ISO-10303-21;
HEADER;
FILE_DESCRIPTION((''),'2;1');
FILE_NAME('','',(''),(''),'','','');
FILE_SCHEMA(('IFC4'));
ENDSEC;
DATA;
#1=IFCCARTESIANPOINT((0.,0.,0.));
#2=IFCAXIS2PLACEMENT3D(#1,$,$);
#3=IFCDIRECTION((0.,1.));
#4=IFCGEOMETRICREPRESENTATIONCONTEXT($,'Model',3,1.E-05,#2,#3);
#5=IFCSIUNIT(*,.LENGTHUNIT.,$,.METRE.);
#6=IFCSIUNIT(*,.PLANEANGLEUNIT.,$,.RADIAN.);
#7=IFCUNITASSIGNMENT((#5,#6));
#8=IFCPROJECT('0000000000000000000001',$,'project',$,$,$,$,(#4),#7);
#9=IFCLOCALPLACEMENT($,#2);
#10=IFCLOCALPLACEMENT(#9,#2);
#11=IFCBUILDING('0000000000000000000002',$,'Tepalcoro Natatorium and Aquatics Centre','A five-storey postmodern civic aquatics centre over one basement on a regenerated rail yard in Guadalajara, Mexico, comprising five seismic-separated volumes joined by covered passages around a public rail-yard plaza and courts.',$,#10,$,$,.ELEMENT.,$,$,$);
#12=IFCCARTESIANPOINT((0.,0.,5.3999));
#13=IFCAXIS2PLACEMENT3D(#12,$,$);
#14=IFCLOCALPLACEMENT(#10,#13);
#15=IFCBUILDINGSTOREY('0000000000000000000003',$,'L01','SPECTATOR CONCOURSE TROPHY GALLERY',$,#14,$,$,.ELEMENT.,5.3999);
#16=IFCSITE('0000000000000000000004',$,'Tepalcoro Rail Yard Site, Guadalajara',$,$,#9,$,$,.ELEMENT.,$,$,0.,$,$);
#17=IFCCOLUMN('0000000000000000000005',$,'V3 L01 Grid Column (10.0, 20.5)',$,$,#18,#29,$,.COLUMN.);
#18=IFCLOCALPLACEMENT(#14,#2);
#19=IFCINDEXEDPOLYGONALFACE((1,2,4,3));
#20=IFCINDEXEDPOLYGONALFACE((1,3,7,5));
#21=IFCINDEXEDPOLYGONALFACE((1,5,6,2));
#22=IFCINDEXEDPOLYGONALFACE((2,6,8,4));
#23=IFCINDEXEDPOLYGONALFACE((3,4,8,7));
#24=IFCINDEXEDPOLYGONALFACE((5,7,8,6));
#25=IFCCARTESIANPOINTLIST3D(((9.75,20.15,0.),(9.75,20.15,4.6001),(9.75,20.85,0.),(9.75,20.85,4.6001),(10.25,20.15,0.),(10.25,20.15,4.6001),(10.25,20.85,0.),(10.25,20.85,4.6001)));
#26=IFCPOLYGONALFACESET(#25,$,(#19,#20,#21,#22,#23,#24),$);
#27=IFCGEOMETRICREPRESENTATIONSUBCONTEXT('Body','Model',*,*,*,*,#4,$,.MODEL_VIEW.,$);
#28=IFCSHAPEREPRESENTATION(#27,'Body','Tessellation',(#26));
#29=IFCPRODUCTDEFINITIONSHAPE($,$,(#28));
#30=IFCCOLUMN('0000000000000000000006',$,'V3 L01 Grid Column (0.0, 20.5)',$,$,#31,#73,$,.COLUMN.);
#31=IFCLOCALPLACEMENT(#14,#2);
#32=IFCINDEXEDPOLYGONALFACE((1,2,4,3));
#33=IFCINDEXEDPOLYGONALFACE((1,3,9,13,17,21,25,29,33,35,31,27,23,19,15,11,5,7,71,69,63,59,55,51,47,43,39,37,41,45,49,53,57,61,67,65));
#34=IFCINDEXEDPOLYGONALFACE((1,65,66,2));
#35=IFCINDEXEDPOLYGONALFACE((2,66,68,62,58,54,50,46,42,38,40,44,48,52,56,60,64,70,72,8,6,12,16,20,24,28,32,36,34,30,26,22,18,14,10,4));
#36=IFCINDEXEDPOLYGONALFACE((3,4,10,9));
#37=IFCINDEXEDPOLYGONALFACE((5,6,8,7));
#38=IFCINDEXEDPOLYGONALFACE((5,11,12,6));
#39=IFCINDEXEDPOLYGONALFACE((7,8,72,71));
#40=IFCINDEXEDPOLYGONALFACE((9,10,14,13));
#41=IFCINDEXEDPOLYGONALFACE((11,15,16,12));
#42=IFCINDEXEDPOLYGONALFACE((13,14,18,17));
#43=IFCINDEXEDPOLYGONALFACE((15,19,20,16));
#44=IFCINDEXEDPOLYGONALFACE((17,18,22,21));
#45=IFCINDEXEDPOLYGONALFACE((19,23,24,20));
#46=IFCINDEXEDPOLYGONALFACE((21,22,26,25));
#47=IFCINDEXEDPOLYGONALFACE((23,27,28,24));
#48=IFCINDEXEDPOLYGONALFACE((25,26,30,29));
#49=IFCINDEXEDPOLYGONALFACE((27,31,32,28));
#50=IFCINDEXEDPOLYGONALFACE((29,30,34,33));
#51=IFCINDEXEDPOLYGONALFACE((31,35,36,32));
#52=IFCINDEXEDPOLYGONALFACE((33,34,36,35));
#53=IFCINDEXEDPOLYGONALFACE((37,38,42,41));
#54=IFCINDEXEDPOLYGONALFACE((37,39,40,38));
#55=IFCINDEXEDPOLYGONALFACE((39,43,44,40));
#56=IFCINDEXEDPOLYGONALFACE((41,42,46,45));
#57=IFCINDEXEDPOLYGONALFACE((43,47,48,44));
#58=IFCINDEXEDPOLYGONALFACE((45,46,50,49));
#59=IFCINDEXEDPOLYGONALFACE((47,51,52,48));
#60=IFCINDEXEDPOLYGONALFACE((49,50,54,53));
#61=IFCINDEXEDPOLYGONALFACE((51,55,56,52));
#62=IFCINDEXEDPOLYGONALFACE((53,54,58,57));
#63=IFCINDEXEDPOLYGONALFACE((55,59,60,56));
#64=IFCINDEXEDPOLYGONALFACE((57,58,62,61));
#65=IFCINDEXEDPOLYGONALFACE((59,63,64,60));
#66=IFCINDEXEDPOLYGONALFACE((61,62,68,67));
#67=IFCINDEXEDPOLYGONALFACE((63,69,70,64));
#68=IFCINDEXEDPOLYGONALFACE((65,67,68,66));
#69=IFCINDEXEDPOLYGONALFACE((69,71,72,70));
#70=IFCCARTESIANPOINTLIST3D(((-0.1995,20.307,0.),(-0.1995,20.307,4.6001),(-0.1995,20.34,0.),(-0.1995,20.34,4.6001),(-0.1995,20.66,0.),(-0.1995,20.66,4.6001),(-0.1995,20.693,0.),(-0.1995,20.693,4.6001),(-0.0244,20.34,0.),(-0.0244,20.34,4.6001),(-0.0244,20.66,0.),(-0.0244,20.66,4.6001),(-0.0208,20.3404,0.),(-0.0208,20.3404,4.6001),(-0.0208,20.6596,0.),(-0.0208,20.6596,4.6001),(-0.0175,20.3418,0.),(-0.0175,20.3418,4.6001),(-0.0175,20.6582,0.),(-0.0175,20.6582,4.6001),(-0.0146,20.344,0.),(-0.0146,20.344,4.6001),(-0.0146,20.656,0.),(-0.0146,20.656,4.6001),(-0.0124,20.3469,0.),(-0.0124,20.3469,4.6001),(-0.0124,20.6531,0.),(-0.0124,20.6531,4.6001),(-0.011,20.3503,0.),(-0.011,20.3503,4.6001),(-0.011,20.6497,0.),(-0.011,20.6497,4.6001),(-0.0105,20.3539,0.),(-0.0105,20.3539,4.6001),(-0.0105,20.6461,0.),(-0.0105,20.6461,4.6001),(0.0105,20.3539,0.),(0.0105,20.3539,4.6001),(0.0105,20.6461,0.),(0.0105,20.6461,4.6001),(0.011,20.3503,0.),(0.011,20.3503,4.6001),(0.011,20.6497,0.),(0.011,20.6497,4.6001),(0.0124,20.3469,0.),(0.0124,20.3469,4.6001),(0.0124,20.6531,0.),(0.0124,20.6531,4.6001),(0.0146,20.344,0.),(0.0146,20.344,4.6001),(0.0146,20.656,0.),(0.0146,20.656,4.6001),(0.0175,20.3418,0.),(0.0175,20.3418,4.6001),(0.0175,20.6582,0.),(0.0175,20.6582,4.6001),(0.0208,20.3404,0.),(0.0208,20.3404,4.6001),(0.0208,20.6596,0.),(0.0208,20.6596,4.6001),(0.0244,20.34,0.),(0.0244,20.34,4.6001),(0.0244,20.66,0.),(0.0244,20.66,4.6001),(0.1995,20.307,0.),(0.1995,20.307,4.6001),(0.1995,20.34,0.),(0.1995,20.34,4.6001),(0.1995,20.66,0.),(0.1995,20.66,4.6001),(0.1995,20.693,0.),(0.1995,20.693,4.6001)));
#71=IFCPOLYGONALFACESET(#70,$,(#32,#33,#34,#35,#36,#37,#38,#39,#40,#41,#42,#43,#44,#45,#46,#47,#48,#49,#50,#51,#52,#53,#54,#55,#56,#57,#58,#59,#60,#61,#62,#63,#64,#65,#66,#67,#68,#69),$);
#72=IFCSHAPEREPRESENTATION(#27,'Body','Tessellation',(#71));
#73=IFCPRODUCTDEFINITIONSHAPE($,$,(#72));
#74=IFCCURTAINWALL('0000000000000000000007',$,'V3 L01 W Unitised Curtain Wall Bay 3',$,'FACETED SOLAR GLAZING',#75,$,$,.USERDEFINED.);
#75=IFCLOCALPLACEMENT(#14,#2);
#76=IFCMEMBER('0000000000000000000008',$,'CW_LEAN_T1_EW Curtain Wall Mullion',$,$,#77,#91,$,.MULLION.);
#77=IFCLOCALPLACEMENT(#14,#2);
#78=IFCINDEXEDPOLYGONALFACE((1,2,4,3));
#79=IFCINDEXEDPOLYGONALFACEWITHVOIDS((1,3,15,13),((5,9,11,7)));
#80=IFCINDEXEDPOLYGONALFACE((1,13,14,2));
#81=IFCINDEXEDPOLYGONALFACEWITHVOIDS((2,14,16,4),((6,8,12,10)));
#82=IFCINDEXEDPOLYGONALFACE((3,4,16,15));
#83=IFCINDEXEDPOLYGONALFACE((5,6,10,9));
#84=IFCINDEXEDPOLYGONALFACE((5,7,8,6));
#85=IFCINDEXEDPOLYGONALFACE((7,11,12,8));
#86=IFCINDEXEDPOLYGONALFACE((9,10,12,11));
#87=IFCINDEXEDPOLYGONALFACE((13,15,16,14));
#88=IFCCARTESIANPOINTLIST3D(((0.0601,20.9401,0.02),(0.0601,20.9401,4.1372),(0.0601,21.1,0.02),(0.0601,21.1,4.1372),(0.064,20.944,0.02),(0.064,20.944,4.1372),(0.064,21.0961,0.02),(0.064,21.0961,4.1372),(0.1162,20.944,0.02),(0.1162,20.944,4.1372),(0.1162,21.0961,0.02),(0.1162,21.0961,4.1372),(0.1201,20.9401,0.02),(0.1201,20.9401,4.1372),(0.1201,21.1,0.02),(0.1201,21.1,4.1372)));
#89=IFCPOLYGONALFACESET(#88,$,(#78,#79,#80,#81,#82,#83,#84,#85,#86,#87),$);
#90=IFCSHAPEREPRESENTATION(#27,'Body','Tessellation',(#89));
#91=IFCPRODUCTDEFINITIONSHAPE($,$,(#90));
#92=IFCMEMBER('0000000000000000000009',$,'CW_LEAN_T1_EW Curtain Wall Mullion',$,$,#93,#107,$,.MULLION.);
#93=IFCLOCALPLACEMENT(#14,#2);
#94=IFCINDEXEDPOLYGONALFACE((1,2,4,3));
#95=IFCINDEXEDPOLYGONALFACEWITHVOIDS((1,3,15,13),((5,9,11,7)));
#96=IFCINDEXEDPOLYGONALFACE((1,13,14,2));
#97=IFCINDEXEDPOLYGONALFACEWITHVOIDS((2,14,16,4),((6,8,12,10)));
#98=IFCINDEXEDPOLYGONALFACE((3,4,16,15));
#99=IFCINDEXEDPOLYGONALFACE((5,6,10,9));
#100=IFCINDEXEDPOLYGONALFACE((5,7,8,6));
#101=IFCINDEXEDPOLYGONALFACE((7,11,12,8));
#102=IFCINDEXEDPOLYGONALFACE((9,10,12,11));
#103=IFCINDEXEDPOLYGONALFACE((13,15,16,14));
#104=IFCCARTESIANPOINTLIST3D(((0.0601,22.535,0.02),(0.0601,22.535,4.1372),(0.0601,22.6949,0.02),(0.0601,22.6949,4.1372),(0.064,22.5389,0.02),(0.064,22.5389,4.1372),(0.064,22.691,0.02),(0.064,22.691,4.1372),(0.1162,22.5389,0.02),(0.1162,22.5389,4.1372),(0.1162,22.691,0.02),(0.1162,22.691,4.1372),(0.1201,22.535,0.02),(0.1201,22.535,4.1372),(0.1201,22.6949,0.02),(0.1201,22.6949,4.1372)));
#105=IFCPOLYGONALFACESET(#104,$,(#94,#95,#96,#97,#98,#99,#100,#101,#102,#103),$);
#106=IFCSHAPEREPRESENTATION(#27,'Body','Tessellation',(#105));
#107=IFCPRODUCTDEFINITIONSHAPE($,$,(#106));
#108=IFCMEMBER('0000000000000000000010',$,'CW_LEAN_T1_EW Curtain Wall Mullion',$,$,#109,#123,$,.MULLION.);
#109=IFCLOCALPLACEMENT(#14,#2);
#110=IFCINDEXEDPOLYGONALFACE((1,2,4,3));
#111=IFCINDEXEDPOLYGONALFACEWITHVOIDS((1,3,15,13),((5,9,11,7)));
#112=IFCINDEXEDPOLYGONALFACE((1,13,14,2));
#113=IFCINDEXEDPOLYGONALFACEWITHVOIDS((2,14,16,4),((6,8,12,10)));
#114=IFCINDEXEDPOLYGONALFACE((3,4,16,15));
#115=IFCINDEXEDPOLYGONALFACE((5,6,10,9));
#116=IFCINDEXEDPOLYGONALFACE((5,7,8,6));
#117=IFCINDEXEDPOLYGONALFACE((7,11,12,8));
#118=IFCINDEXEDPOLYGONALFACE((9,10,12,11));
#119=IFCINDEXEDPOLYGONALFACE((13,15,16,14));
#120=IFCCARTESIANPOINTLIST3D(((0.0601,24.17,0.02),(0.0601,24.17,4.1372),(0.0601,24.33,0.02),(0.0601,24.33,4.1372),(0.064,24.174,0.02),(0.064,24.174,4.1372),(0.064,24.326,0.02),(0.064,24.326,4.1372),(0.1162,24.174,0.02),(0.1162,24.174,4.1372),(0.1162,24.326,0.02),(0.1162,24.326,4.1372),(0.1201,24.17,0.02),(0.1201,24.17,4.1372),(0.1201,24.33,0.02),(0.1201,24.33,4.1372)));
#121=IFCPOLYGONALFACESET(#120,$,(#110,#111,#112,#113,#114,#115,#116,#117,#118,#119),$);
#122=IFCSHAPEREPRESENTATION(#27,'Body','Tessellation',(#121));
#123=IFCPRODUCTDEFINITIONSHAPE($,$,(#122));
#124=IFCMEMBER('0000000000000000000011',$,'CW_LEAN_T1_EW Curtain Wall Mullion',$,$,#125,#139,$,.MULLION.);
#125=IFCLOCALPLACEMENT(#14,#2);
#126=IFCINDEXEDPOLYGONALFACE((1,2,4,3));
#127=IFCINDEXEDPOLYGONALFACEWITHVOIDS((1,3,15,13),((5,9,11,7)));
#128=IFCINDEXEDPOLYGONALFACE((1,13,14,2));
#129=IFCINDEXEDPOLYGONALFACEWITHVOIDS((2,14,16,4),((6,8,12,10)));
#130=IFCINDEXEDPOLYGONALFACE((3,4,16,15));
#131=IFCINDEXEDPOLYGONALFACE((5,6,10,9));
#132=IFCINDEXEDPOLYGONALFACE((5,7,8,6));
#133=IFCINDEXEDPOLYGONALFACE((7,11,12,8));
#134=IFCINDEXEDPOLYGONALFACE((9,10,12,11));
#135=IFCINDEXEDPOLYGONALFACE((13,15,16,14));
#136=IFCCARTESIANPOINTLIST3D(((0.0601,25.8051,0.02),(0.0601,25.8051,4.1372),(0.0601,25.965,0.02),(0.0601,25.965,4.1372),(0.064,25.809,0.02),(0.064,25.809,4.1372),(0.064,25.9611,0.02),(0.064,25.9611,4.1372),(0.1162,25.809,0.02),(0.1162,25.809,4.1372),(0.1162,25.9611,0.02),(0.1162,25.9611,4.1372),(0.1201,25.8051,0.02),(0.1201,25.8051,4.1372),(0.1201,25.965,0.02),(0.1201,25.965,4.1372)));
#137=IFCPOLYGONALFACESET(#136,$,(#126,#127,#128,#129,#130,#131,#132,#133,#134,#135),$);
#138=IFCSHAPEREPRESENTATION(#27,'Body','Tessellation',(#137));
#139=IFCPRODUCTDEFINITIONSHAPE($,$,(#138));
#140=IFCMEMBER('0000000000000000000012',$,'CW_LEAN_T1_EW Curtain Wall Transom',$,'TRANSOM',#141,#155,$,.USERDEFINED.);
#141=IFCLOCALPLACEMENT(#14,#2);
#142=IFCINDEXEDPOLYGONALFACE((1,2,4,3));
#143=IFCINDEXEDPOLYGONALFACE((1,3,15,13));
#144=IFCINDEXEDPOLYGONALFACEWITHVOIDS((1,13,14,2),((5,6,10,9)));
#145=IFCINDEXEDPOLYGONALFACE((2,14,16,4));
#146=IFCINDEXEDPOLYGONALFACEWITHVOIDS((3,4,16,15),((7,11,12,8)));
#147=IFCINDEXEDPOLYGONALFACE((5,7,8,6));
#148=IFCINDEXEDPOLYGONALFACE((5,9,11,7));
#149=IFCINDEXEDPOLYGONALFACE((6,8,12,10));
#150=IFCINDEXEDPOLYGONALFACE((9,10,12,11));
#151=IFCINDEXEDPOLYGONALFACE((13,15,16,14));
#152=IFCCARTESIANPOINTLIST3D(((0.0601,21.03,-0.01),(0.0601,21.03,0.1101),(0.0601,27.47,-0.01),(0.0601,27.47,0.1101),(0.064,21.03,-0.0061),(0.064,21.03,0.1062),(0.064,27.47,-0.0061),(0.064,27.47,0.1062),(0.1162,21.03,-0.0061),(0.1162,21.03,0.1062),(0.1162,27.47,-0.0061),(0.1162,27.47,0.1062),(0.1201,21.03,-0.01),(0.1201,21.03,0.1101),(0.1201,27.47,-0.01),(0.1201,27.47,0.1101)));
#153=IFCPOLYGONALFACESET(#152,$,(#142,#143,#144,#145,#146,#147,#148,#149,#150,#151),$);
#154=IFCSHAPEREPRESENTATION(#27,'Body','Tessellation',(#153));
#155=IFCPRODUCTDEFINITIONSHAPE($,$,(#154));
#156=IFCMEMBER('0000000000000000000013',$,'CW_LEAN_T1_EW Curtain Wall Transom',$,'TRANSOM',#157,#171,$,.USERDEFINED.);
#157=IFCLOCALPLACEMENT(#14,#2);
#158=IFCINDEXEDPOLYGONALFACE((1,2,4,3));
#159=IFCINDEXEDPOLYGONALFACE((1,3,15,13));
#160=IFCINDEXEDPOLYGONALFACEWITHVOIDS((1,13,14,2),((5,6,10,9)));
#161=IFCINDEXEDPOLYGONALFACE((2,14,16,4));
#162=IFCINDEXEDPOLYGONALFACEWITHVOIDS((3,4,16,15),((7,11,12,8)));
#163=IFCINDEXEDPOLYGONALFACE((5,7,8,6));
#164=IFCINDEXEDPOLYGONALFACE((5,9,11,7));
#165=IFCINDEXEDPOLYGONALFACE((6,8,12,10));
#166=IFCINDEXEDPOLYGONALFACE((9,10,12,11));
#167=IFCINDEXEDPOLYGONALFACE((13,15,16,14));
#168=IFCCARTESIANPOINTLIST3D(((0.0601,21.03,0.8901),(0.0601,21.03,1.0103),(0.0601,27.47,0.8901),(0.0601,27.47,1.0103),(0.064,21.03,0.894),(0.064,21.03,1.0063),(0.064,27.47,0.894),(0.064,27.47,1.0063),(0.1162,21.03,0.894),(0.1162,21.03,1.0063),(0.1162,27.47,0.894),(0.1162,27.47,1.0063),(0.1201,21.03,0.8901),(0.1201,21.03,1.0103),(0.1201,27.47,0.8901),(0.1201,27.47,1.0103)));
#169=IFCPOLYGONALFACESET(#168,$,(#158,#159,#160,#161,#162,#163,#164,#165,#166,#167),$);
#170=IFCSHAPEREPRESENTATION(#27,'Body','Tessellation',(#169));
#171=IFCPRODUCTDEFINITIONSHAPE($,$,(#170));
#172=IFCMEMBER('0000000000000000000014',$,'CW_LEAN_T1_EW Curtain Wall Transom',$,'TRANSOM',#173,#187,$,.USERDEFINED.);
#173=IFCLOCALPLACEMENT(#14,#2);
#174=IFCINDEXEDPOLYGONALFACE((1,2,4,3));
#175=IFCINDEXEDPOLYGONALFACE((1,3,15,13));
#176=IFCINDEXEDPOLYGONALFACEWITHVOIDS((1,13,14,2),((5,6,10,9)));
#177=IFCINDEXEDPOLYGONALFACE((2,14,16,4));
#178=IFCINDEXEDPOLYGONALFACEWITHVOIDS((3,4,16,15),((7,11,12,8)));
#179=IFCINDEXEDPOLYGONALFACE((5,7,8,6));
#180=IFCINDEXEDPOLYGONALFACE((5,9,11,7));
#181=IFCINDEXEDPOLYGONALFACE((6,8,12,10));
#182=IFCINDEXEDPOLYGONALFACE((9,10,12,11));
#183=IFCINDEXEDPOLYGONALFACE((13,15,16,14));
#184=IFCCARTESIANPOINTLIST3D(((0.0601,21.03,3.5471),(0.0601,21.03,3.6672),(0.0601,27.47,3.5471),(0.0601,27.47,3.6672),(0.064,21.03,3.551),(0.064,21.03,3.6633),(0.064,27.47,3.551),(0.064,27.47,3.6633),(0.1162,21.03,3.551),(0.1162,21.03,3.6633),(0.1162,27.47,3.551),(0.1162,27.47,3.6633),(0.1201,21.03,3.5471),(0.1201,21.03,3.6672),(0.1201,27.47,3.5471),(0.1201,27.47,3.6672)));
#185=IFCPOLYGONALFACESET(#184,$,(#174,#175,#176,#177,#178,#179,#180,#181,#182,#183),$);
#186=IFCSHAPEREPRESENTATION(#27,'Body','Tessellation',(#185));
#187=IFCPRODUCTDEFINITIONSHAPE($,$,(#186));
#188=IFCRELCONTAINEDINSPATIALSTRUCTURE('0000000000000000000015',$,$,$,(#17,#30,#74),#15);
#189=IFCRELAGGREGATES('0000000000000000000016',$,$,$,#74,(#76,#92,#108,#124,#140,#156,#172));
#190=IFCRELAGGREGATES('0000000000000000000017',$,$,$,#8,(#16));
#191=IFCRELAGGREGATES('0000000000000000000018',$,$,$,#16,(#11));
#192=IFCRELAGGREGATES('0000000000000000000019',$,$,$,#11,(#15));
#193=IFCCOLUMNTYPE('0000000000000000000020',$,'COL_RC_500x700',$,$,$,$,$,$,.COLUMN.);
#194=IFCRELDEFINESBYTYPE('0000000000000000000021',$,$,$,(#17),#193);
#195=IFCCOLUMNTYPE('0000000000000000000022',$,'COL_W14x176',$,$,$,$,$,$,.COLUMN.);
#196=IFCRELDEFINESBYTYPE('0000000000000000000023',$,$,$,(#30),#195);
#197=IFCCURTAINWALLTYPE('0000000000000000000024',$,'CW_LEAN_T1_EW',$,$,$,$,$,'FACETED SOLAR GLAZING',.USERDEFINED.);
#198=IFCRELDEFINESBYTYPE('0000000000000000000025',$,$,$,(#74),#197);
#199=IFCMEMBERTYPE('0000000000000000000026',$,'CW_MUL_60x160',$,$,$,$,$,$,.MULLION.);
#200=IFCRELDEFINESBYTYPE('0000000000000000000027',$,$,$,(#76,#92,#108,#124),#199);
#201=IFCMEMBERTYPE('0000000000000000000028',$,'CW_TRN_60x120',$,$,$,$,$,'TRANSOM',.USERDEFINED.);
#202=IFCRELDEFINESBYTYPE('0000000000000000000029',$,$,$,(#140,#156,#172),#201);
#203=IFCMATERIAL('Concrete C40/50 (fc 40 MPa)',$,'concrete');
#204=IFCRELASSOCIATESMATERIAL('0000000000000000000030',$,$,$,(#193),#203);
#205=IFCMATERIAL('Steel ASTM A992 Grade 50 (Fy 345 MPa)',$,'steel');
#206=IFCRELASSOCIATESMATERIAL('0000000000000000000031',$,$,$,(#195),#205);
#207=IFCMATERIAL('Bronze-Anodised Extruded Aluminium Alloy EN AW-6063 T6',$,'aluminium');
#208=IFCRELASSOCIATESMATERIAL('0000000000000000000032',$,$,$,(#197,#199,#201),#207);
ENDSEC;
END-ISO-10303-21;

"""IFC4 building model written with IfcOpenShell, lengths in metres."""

from ifc_helpers import new_model, si_unit, direction, frame, origin, origin_2d, place, context, subcontext, project, spatial, rectangle, hollow_rectangle, i_section, extrude, material, material_profile, profile_set, type_object, element, aggregate, save


model = new_model("IFC4")

# Units and contexts
model_context = context("Model", 3, precision=1e-05, world=origin(), true_north=direction((0.0, 1.0)))
body_context = subcontext(model_context, "Body", "Model", "MODEL_VIEW")
ifc_project = project(units=[si_unit("LENGTHUNIT", "METRE"), si_unit("PLANEANGLEUNIT", "RADIAN")], contexts=[model_context])

# Site, building, storey
site_placement = place(None, origin())
site = spatial("IfcSite", under=ifc_project, at=site_placement, Name="Tepalcoro Rail Yard Site, Guadalajara", CompositionType="ELEMENT", RefElevation=0.0)
building_placement = place(site_placement, origin())
building = spatial("IfcBuilding", under=site, at=building_placement, Name="Tepalcoro Natatorium and Aquatics Centre", Description="A five-storey postmodern civic aquatics centre over one basement on a regenerated rail yard in Guadalajara, Mexico, comprising five seismic-separated volumes joined by covered passages around a public rail-yard plaza and courts.", CompositionType="ELEMENT")
storey_placement = place(building_placement, frame((0.0, 0.0, 5.3999)))
storey = spatial("IfcBuildingStorey", under=building, at=storey_placement, Name="L01", Description="SPECTATOR CONCOURSE TROPHY GALLERY", CompositionType="ELEMENT", Elevation=5.3999)

# Columns
ifc_material_1 = material(Name="Concrete C40/50 (fc 40 MPa)", Category="concrete")
ifc_material_profile_1 = material_profile(ifc_material_1, rectangle(XDim=0.5, YDim=0.7, at=origin_2d()), Name="RC500x700")
ifc_profile_set_1 = profile_set([ifc_material_profile_1], Name="Concrete C40/50 (fc 40 MPa)")
column_type_1 = type_object("IfcColumnType", Name="COL_RC_500x700", PredefinedType="COLUMN", material=ifc_profile_set_1)
column_1_placement = place(storey_placement, frame((10.0, 20.5, 0.0), z_axis=(0.0, 0.0, 1.0), x_axis=(1.0, 0.0, 0.0)))
element("IfcColumn", 1, at=column_1_placement, inside=storey, type_object=column_type_1, Name="V3 L01 Grid Column (10.0, 20.5)", PredefinedType="COLUMN", context=body_context, shape_type="SweptSolid", body=[
    extrude(rectangle(XDim=0.5, YDim=0.7, at=origin_2d()), origin(), (0.0, 0.0, 1.0), 4.6001),
])
ifc_material_2 = material(Name="Steel ASTM A992 Grade 50 (Fy 345 MPa)", Category="steel")
ifc_material_profile_2 = material_profile(ifc_material_2, i_section(OverallWidth=0.3989, OverallDepth=0.386, WebThickness=0.021, FlangeThickness=0.033, FilletRadius=0.0139, at=origin_2d()), Name="W14X176")
ifc_profile_set_2 = profile_set([ifc_material_profile_2], Name="Steel ASTM A992 Grade 50 (Fy 345 MPa)")
column_type_2 = type_object("IfcColumnType", Name="COL_W14x176", PredefinedType="COLUMN", material=ifc_profile_set_2)
column_2_placement = place(storey_placement, frame((0.0, 20.5, 0.0), z_axis=(0.0, 0.0, 1.0), x_axis=(1.0, 0.0, 0.0)))
element("IfcColumn", 2, at=column_2_placement, inside=storey, type_object=column_type_2, Name="V3 L01 Grid Column (0.0, 20.5)", PredefinedType="COLUMN", context=body_context, shape_type="SweptSolid", body=[
    extrude(i_section(OverallWidth=0.3989, OverallDepth=0.386, WebThickness=0.021, FlangeThickness=0.033, FilletRadius=0.0139, at=origin_2d()), origin(), (0.0, 0.0, 1.0), 4.6001),
])

# Curtain wall, members
ifc_material_3 = material(Name="Bronze-Anodised Extruded Aluminium Alloy EN AW-6063 T6", Category="aluminium")
curtain_wall_type = type_object("IfcCurtainWallType", Name="CW_LEAN_T1_EW", ElementType="FACETED SOLAR GLAZING", PredefinedType="USERDEFINED", material=ifc_material_3)
curtain_wall_placement = place(storey_placement, origin())
curtain_wall = element("IfcCurtainWall", 3, at=curtain_wall_placement, inside=storey, type_object=curtain_wall_type, Name="V3 L01 W Unitised Curtain Wall Bay 3", ObjectType="FACETED SOLAR GLAZING", PredefinedType="USERDEFINED")
ifc_material_profile_3 = material_profile(ifc_material_3, hollow_rectangle(XDim=0.0601, YDim=0.1599, WallThickness=0.0039, at=origin_2d()), Name="AL60X160X4")
ifc_profile_set_3 = profile_set([ifc_material_profile_3], Name="Bronze-Anodised Extruded Aluminium Alloy EN AW-6063 T6")
member_type_1 = type_object("IfcMemberType", Name="CW_MUL_60x160", PredefinedType="MULLION", material=ifc_profile_set_3)
member_1_placement = place(storey_placement, frame((0.0901, 21.02, 0.02), z_axis=(0.0, 0.0, 1.0), x_axis=(1.0, 0.0, 0.0)))
member_1 = element("IfcMember", 4, at=member_1_placement, type_object=member_type_1, Name="CW_LEAN_T1_EW Curtain Wall Mullion", PredefinedType="MULLION", context=body_context, shape_type="SweptSolid", body=[
    extrude(hollow_rectangle(XDim=0.0601, YDim=0.1599, WallThickness=0.0039, at=origin_2d()), origin(), (0.0, 0.0, 1.0), 4.1172),
])
member_2_placement = place(storey_placement, frame((0.0901, 22.615, 0.02), z_axis=(0.0, 0.0, 1.0), x_axis=(1.0, 0.0, 0.0)))
member_2 = element("IfcMember", 5, at=member_2_placement, type_object=member_type_1, Name="CW_LEAN_T1_EW Curtain Wall Mullion", PredefinedType="MULLION", context=body_context, shape_type="SweptSolid", body=[
    extrude(hollow_rectangle(XDim=0.0601, YDim=0.1599, WallThickness=0.0039, at=origin_2d()), origin(), (0.0, 0.0, 1.0), 4.1172),
])
member_3_placement = place(storey_placement, frame((0.0901, 24.25, 0.02), z_axis=(0.0, 0.0, 1.0), x_axis=(1.0, 0.0, 0.0)))
member_3 = element("IfcMember", 6, at=member_3_placement, type_object=member_type_1, Name="CW_LEAN_T1_EW Curtain Wall Mullion", PredefinedType="MULLION", context=body_context, shape_type="SweptSolid", body=[
    extrude(hollow_rectangle(XDim=0.0601, YDim=0.1599, WallThickness=0.0039, at=origin_2d()), origin(), (0.0, 0.0, 1.0), 4.1172),
])
member_4_placement = place(storey_placement, frame((0.0901, 25.885, 0.02), z_axis=(0.0, 0.0, 1.0), x_axis=(1.0, 0.0, 0.0)))
member_4 = element("IfcMember", 7, at=member_4_placement, type_object=member_type_1, Name="CW_LEAN_T1_EW Curtain Wall Mullion", PredefinedType="MULLION", context=body_context, shape_type="SweptSolid", body=[
    extrude(hollow_rectangle(XDim=0.0601, YDim=0.1599, WallThickness=0.0039, at=origin_2d()), origin(), (0.0, 0.0, 1.0), 4.1172),
])
ifc_material_profile_4 = material_profile(ifc_material_3, hollow_rectangle(XDim=0.0601, YDim=0.1201, WallThickness=0.0039, at=origin_2d()), Name="AL60X120X4")
ifc_profile_set_4 = profile_set([ifc_material_profile_4], Name="Bronze-Anodised Extruded Aluminium Alloy EN AW-6063 T6")
member_type_2 = type_object("IfcMemberType", Name="CW_TRN_60x120", ElementType="TRANSOM", PredefinedType="USERDEFINED", material=ifc_profile_set_4)
member_5_placement = place(storey_placement, frame((0.0901, 21.03, 0.05), z_axis=(0.0, 1.0, 0.0), x_axis=(-1.0, 0.0, 0.0)))
member_5 = element("IfcMember", 8, at=member_5_placement, type_object=member_type_2, Name="CW_LEAN_T1_EW Curtain Wall Transom", ObjectType="TRANSOM", PredefinedType="USERDEFINED", context=body_context, shape_type="SweptSolid", body=[
    extrude(hollow_rectangle(XDim=0.0601, YDim=0.1201, WallThickness=0.0039, at=origin_2d()), origin(), (0.0, 0.0, 1.0), 6.4399),
])
member_6_placement = place(storey_placement, frame((0.0901, 21.03, 0.9502), z_axis=(0.0, 1.0, 0.0), x_axis=(-1.0, 0.0, 0.0)))
member_6 = element("IfcMember", 9, at=member_6_placement, type_object=member_type_2, Name="CW_LEAN_T1_EW Curtain Wall Transom", ObjectType="TRANSOM", PredefinedType="USERDEFINED", context=body_context, shape_type="SweptSolid", body=[
    extrude(hollow_rectangle(XDim=0.0601, YDim=0.1201, WallThickness=0.0039, at=origin_2d()), origin(), (0.0, 0.0, 1.0), 6.4399),
])
member_7_placement = place(storey_placement, frame((0.0901, 21.03, 3.6072), z_axis=(0.0, 1.0, 0.0), x_axis=(-1.0, 0.0, 0.0)))
member_7 = element("IfcMember", 10, at=member_7_placement, type_object=member_type_2, Name="CW_LEAN_T1_EW Curtain Wall Transom", ObjectType="TRANSOM", PredefinedType="USERDEFINED", context=body_context, shape_type="SweptSolid", body=[
    extrude(hollow_rectangle(XDim=0.0601, YDim=0.1201, WallThickness=0.0039, at=origin_2d()), origin(), (0.0, 0.0, 1.0), 6.4399),
])

aggregate(curtain_wall, [member_1, member_2, member_3, member_4, member_5, member_6, member_7])

save(model, "model.ifc")
